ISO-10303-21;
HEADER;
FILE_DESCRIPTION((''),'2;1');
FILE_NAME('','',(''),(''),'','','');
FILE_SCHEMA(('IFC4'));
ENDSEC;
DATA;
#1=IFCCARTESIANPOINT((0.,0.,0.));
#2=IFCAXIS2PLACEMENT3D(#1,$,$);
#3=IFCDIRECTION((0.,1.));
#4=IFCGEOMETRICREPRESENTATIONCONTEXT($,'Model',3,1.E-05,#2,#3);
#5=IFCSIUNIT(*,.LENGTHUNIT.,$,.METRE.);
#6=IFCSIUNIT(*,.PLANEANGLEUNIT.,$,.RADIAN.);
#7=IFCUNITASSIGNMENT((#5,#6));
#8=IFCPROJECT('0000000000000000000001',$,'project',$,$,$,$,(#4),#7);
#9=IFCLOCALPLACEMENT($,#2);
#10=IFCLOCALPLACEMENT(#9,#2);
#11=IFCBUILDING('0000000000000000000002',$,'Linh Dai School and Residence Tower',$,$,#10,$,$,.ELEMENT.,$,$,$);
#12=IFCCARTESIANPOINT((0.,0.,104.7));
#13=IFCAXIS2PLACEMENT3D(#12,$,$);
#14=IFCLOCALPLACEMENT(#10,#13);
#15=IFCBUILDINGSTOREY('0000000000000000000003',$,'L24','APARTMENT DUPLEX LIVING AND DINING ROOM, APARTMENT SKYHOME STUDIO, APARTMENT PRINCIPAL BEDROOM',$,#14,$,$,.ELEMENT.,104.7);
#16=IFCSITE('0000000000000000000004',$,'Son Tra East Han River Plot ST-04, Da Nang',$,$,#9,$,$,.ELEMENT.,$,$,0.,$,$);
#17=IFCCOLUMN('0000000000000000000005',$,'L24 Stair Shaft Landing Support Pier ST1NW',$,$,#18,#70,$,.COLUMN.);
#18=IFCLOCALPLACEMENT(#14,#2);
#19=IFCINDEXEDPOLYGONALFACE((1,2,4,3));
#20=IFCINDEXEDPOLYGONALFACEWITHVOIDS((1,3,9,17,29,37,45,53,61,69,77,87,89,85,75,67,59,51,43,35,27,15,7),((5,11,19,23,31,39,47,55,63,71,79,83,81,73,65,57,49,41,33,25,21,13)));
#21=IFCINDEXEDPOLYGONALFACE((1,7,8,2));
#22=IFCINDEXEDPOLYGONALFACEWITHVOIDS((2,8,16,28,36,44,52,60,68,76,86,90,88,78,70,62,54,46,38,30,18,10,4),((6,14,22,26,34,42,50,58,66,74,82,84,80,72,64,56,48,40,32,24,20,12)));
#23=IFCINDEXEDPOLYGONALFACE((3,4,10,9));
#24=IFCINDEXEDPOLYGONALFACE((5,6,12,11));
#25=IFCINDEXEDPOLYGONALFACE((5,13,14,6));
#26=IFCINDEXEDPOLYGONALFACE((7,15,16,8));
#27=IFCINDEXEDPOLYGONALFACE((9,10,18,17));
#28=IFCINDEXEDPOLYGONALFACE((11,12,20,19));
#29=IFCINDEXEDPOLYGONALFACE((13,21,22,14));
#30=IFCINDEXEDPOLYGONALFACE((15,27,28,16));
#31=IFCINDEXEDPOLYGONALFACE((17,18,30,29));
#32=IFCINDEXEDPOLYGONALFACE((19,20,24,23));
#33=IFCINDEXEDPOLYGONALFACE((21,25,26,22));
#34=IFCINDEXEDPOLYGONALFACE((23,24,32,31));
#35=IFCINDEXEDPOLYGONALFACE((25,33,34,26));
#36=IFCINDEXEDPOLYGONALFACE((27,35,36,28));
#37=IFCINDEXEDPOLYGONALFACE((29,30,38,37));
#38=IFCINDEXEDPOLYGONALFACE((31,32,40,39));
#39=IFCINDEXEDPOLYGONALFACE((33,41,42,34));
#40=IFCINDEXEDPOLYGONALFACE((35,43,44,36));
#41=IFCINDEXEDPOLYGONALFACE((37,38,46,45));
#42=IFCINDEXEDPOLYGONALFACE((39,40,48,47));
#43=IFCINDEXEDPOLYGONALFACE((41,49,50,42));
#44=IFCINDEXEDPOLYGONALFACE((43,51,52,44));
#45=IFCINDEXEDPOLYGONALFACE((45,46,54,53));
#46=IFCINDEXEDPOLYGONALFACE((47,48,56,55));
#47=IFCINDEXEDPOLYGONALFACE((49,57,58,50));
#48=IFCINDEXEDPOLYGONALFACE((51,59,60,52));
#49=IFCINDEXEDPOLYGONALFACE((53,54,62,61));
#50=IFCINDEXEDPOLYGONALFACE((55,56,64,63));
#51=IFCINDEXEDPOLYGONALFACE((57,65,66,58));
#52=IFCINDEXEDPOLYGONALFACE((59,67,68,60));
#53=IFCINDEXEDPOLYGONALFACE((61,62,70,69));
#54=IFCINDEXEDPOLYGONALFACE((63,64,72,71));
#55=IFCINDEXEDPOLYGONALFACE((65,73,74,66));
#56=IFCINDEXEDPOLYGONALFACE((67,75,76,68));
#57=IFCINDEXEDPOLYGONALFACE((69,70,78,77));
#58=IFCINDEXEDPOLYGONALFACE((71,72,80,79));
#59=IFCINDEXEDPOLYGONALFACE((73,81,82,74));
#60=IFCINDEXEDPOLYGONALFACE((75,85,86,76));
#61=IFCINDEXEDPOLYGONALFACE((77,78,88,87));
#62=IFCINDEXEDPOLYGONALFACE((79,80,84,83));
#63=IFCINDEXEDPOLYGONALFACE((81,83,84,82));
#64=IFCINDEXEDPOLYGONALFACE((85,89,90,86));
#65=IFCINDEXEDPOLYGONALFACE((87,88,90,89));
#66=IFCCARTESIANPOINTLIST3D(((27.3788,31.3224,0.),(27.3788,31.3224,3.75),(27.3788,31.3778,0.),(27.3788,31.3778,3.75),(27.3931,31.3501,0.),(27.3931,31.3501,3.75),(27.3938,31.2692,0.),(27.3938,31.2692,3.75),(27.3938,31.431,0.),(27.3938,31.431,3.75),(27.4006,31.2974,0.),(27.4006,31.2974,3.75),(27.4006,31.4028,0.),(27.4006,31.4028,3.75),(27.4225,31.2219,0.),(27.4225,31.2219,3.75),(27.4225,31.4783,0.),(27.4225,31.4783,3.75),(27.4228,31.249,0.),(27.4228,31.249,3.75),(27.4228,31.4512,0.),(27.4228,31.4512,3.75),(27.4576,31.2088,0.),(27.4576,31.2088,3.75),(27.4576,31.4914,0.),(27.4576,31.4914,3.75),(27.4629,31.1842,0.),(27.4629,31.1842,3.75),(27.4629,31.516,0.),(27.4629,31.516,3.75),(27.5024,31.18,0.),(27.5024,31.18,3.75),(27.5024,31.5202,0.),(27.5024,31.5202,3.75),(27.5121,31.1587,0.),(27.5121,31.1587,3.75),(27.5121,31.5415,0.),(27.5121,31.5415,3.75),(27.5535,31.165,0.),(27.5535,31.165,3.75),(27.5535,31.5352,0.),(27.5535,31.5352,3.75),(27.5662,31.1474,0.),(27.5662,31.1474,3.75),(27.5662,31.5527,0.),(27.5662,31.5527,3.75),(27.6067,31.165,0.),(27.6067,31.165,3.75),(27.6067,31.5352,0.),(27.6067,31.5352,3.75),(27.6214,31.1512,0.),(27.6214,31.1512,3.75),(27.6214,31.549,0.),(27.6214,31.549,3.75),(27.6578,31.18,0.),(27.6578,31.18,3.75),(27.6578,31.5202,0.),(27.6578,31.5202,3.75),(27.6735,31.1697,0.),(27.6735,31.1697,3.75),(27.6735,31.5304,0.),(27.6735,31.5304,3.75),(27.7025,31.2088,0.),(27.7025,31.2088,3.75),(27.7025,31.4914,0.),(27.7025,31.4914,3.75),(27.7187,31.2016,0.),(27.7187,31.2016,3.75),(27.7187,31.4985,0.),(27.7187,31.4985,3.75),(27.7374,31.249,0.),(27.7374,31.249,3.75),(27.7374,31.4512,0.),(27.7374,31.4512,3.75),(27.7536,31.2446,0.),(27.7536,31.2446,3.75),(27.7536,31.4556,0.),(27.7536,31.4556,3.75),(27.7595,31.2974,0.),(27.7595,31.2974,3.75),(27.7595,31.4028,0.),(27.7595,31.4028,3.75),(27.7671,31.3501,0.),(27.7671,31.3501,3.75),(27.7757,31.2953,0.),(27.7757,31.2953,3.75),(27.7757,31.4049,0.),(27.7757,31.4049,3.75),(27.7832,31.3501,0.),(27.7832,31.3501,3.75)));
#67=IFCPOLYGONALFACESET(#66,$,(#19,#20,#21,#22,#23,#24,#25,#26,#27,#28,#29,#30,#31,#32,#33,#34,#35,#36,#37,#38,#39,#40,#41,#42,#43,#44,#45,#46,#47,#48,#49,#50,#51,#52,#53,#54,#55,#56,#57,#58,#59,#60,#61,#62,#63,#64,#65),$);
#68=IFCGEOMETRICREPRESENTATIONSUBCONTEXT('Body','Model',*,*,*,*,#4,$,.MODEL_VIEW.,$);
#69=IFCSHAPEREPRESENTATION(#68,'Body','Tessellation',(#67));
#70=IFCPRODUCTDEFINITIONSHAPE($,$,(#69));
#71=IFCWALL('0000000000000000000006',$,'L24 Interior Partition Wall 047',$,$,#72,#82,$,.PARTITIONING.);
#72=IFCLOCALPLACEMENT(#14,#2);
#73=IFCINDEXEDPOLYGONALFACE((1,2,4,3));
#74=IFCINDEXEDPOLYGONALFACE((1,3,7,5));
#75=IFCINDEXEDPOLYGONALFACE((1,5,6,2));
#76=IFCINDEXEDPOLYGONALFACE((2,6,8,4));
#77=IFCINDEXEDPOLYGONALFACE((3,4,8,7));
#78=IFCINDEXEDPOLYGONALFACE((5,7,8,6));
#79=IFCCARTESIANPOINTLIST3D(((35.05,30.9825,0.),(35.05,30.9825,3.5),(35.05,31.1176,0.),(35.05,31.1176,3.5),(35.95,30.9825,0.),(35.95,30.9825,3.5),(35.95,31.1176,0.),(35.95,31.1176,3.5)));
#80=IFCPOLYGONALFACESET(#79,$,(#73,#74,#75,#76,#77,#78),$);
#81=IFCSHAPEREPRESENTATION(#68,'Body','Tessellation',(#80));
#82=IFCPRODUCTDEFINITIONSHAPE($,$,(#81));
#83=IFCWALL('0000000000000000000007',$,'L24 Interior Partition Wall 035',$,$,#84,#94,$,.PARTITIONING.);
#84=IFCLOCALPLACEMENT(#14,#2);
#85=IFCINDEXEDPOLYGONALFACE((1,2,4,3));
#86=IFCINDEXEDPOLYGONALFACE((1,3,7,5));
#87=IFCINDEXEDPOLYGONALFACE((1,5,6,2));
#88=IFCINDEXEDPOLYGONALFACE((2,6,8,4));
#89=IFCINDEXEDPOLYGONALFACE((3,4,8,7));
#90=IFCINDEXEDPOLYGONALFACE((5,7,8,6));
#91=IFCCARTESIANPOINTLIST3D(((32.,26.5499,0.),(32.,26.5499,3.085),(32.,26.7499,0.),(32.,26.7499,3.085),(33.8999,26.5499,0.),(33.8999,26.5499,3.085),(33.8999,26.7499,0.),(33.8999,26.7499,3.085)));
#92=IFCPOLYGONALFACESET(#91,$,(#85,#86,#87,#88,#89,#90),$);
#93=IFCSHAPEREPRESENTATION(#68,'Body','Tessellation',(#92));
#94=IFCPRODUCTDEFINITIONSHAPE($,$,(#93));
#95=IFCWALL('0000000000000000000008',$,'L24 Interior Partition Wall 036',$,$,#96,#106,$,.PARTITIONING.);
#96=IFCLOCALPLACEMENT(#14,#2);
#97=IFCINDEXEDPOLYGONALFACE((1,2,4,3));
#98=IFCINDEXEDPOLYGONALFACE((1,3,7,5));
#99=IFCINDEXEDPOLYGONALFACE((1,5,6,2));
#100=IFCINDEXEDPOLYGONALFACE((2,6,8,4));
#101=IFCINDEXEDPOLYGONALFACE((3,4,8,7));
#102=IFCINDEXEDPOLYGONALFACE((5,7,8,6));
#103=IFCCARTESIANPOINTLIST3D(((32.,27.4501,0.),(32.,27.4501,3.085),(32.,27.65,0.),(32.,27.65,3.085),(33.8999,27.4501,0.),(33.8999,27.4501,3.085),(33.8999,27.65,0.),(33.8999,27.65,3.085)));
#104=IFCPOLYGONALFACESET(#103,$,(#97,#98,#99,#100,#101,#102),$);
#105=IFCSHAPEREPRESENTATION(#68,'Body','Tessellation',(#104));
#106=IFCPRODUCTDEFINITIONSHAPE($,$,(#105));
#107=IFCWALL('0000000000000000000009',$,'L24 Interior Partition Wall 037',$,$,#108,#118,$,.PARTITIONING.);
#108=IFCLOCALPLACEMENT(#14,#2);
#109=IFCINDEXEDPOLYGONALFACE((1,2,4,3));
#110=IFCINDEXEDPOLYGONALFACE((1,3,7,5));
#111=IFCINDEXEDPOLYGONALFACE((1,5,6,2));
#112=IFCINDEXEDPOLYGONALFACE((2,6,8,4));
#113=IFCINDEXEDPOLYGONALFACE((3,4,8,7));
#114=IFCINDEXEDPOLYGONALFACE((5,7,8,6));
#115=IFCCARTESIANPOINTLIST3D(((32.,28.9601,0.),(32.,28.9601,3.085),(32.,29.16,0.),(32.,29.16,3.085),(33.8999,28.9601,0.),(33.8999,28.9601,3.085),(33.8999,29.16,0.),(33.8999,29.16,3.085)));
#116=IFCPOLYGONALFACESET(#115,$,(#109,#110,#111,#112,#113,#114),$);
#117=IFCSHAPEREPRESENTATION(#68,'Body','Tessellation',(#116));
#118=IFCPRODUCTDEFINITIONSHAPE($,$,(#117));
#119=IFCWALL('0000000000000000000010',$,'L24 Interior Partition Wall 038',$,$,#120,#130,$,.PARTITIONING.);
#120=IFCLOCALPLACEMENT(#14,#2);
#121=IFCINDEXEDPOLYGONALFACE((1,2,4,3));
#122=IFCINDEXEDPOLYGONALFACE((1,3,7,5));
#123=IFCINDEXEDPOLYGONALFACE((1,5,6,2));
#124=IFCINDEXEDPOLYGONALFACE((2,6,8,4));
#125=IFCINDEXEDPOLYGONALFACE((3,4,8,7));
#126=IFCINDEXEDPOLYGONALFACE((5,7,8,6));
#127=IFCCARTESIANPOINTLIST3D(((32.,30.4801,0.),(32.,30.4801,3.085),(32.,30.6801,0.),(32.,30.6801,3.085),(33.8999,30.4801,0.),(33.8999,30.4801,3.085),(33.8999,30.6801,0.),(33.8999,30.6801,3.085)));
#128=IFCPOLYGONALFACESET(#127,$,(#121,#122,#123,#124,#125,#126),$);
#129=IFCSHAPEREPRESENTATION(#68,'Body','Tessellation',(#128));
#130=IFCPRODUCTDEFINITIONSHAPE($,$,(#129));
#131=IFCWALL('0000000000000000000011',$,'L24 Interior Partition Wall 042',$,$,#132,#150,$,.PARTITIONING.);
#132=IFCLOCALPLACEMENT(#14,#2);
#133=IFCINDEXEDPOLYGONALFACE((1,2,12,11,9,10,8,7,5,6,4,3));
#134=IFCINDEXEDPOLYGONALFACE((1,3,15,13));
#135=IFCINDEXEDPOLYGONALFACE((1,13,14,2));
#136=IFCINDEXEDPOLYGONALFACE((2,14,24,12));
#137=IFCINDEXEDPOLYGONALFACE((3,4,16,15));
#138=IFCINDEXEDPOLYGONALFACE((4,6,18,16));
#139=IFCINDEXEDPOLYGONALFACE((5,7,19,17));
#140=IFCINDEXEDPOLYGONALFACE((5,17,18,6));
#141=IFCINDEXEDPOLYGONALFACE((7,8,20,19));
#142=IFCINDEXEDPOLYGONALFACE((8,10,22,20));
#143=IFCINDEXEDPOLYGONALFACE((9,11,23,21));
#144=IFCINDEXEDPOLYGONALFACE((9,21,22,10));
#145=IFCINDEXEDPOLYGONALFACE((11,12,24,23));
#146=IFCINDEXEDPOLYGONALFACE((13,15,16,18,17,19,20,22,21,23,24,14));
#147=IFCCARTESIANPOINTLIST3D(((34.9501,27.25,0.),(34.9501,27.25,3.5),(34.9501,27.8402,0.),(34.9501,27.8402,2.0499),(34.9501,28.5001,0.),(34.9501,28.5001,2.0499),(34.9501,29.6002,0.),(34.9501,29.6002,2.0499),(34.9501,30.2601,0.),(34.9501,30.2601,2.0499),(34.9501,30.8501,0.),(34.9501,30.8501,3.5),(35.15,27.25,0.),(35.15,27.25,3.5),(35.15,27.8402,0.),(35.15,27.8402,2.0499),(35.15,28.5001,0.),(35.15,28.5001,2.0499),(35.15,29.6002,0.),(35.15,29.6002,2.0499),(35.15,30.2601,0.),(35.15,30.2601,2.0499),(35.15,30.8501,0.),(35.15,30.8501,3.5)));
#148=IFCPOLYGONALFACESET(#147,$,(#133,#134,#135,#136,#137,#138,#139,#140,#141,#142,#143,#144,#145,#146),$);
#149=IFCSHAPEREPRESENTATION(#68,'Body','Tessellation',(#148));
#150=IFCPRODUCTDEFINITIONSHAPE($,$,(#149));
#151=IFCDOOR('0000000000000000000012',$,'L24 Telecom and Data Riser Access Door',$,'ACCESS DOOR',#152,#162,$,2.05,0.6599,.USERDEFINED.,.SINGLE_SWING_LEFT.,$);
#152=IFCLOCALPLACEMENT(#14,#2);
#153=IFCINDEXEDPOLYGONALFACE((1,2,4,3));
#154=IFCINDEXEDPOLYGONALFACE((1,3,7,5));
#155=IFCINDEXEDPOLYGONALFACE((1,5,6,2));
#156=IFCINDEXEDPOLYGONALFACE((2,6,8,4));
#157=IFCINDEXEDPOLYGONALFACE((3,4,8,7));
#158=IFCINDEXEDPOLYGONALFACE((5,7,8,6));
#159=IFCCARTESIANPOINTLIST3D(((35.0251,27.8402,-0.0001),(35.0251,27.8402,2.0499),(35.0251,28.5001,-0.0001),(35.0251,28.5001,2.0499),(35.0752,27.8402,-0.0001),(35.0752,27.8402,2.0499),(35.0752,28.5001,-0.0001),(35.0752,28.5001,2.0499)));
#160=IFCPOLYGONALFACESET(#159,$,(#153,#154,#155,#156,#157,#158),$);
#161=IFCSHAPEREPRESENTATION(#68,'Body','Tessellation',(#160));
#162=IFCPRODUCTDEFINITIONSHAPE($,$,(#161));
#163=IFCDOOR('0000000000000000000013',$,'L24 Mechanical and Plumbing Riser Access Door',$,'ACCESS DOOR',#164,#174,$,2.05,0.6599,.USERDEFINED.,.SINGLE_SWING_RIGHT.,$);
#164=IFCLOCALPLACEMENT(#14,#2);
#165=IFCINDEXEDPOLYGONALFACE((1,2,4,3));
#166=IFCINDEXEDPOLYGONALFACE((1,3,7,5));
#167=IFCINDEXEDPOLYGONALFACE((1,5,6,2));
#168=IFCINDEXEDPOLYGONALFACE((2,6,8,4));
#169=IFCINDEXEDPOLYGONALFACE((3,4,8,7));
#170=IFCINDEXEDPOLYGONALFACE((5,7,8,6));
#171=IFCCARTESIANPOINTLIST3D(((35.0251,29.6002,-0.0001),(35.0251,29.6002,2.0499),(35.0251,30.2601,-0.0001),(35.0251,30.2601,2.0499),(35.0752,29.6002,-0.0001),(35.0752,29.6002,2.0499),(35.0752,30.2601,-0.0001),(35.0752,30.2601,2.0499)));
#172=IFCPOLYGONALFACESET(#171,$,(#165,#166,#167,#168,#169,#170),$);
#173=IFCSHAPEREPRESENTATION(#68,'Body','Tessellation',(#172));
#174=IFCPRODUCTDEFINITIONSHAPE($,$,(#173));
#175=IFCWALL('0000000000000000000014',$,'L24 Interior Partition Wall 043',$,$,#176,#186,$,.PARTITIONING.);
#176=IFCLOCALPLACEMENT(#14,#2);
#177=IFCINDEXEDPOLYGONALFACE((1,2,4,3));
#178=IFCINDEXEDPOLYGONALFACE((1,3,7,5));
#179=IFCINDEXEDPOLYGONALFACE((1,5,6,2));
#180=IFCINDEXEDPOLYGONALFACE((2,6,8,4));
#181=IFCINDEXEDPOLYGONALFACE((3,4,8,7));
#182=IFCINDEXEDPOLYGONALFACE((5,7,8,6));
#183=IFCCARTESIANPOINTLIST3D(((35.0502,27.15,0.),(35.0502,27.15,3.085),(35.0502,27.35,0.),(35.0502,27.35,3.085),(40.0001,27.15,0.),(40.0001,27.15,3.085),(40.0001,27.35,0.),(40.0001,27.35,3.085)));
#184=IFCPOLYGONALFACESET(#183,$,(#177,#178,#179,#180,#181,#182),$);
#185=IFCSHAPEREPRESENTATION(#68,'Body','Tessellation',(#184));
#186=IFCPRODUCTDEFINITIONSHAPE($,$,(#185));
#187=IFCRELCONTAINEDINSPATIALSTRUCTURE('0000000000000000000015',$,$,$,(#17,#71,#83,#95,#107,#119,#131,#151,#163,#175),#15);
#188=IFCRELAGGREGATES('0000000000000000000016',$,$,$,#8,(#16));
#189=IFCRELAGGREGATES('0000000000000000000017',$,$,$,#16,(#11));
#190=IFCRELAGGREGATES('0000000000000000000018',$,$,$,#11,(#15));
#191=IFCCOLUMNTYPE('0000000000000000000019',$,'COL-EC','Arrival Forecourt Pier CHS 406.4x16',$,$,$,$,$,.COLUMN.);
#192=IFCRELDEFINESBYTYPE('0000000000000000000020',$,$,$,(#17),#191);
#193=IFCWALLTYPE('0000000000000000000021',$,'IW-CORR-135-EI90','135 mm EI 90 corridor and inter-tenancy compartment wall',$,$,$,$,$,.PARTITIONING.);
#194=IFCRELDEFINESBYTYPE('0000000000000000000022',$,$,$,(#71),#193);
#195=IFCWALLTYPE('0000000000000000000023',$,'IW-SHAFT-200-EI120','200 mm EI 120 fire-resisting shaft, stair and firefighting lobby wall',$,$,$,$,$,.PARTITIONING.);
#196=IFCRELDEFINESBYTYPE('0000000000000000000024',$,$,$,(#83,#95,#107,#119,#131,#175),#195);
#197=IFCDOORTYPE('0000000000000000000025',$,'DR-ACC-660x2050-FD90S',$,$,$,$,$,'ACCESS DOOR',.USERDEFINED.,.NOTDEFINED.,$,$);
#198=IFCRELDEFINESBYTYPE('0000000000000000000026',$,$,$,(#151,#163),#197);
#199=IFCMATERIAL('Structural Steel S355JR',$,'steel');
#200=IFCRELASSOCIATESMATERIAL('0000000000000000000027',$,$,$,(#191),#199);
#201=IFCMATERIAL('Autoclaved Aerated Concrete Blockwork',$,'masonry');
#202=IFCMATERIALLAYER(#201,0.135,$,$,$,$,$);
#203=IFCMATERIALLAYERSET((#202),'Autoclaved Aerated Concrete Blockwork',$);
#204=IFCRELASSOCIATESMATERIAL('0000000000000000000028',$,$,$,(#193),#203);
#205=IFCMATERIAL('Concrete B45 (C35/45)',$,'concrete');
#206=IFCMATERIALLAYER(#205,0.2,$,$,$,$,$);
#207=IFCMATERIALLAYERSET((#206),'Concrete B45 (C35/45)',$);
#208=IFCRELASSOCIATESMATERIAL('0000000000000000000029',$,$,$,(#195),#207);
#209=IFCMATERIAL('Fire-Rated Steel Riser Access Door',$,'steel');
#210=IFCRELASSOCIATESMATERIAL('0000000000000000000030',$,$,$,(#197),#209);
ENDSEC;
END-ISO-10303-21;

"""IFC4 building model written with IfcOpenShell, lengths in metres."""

from ifc_helpers import new_model, si_unit, direction, frame, frame_2d, origin, origin_2d, place, context, subcontext, project, spatial, rectangle, hollow_circle, extrude, source, transform, mapped, material, layer, layer_set, material_profile, profile_set, type_object, element, fill, save


model = new_model("IFC4")

# Units and contexts
model_context = context("Model", 3, precision=1e-05, world=origin(), true_north=direction((0.0, 1.0)))
body_context = subcontext(model_context, "Body", "Model", "MODEL_VIEW")
ifc_project = project(units=[si_unit("LENGTHUNIT", "METRE"), si_unit("PLANEANGLEUNIT", "RADIAN")], contexts=[model_context])

# Site, building, storey
site_placement = place(None, origin())
site = spatial("IfcSite", under=ifc_project, at=site_placement, Name="Son Tra East Han River Plot ST-04, Da Nang", CompositionType="ELEMENT", RefElevation=0.0)
building_placement = place(site_placement, origin())
building = spatial("IfcBuilding", under=site, at=building_placement, Name="Linh Dai School and Residence Tower", CompositionType="ELEMENT")
storey_placement = place(building_placement, frame((0.0, 0.0, 104.7)))
storey = spatial("IfcBuildingStorey", under=building, at=storey_placement, Name="L24", Description="APARTMENT DUPLEX LIVING AND DINING ROOM, APARTMENT SKYHOME STUDIO, APARTMENT PRINCIPAL BEDROOM", CompositionType="ELEMENT", Elevation=104.7)

# Column
ifc_material_1 = material(Name="Structural Steel S355JR", Category="steel")
ifc_material_profile = material_profile(ifc_material_1, hollow_circle(Radius=0.2031, WallThickness=0.0161, at=origin_2d()), Name="CHS 406.4x16")
ifc_profile_set = profile_set([ifc_material_profile], Name="Structural Steel S355JR")
column_type = type_object("IfcColumnType", Name="COL-EC", Description="Arrival Forecourt Pier CHS 406.4x16", PredefinedType="COLUMN", material=ifc_profile_set)
column_placement = place(storey_placement, frame((27.5801, 31.3501, 0.0), z_axis=(0.0, 0.0, 1.0), x_axis=(1.0, 0.0, 0.0)))
element("IfcColumn", 1, at=column_placement, inside=storey, type_object=column_type, Name="L24 Stair Shaft Landing Support Pier ST1NW", PredefinedType="COLUMN", context=body_context, shape_type="SweptSolid", body=[
    extrude(hollow_circle(Radius=0.2031, WallThickness=0.0161, at=origin_2d()), origin(), (0.0, 0.0, 1.0), 3.75),
])

# Shared definitions
ifc_material_2 = material(Name="Autoclaved Aerated Concrete Blockwork", Category="masonry")
ifc_layer_1 = layer(ifc_material_2, 0.135)
ifc_layer_set_1 = layer_set([ifc_layer_1], Name="Autoclaved Aerated Concrete Blockwork")
wall_type_1 = type_object("IfcWallType", Name="IW-CORR-135-EI90", Description="135 mm EI 90 corridor and inter-tenancy compartment wall", PredefinedType="PARTITIONING", material=ifc_layer_set_1)

# Walls
wall_1_placement = place(storey_placement, frame((35.05, 31.05, 0.0), z_axis=(0.0, 0.0, 1.0), x_axis=(1.0, 0.0, 0.0)))
element("IfcWall", 2, at=wall_1_placement, inside=storey, type_object=wall_type_1, Name="L24 Interior Partition Wall 047", PredefinedType="PARTITIONING", context=body_context, shape_type="SweptSolid", body=[
    extrude(rectangle(XDim=0.8999, YDim=0.135, at=frame_2d((0.45, 0.0))), origin(), (0.0, 0.0, 1.0), 3.5),
])
ifc_material_3 = material(Name="Concrete B45 (C35/45)", Category="concrete")
ifc_layer_2 = layer(ifc_material_3, 0.2)
ifc_layer_set_2 = layer_set([ifc_layer_2], Name="Concrete B45 (C35/45)")
wall_type_2 = type_object("IfcWallType", Name="IW-SHAFT-200-EI120", Description="200 mm EI 120 fire-resisting shaft, stair and firefighting lobby wall", PredefinedType="PARTITIONING", material=ifc_layer_set_2)
for number, where, z_axis, x_axis, name in (
    (3, (32.0, 26.6499, 0.0), (0.0, 0.0, 1.0), (1.0, 0.0, 0.0), "L24 Interior Partition Wall 035"),
    (4, (32.0, 27.55, 0.0), (0.0, 0.0, 1.0), (1.0, 0.0, 0.0), "L24 Interior Partition Wall 036"),
    (5, (32.0, 29.0601, 0.0), (0.0, 0.0, 1.0), (1.0, 0.0, 0.0), "L24 Interior Partition Wall 037"),
    (6, (32.0, 30.5801, 0.0), (0.0, 0.0, 1.0), (1.0, 0.0, 0.0), "L24 Interior Partition Wall 038"),
):
    element("IfcWall", number, at=place(storey_placement, frame(where, z_axis=z_axis, x_axis=x_axis)), inside=storey, type_object=wall_type_2, Name=name, PredefinedType="PARTITIONING", context=body_context, shape_type="SweptSolid", body=[
        extrude(rectangle(XDim=1.8999, YDim=0.2, at=frame_2d((0.95, 0.0))), origin(), (0.0, 0.0, 1.0), 3.085),
    ])

# Wall, openings, doors
wall_2_placement = place(storey_placement, frame((35.05, 27.25, 0.0), z_axis=(0.0, 0.0, 1.0), x_axis=(0.0, 1.0, 0.0)))
wall_2 = element("IfcWall", 7, at=wall_2_placement, inside=storey, type_object=wall_type_2, Name="L24 Interior Partition Wall 042", PredefinedType="PARTITIONING", context=body_context, shape_type="SweptSolid", body=[
    extrude(rectangle(XDim=3.6001, YDim=0.2, at=frame_2d((1.8, 0.0))), origin(), (0.0, 0.0, 1.0), 3.5),
])
opening_1_placement = place(wall_2_placement, frame((0.5901, 0.0, 0.0)))
opening_1 = element("IfcOpeningElement", 8, at=opening_1_placement, cuts=wall_2, PredefinedType="OPENING", context=body_context, shape_type="SweptSolid", body=[
    extrude(rectangle(XDim=0.6599, YDim=2.05, at=origin_2d()), frame((0.3301, 0.1099, 1.0249), z_axis=(0.0, -1.0, 0.0), x_axis=(1.0, 0.0, 0.0)), (0.0, 0.0, 1.0), 0.22),
])
opening_2_placement = place(wall_2_placement, frame((2.3501, 0.0, 0.0)))
opening_2 = element("IfcOpeningElement", 9, at=opening_2_placement, cuts=wall_2, PredefinedType="OPENING", context=body_context, shape_type="SweptSolid", body=[
    extrude(rectangle(XDim=0.6599, YDim=2.05, at=origin_2d()), frame((0.3301, 0.1099, 1.0249), z_axis=(0.0, -1.0, 0.0), x_axis=(1.0, 0.0, 0.0)), (0.0, 0.0, 1.0), 0.22),
])
ifc_material_4 = material(Name="Fire-Rated Steel Riser Access Door", Category="steel")
door_type_1 = type_object("IfcDoorType", Name="DR-ACC-660x2050-FD90S", ElementType="ACCESS DOOR", OperationType="NOTDEFINED", PredefinedType="USERDEFINED", material=ifc_material_4)
shared_shape_1 = source(origin(), body_context, "Body", "SweptSolid", [
    extrude(rectangle(XDim=0.6599, YDim=2.05, at=origin_2d()), frame((0.3301, 0.0249, 1.0249), z_axis=(0.0, -1.0, 0.0), x_axis=(1.0, 0.0, 0.0)), (0.0, 0.0, 1.0), 0.05),
])
door_1_placement = place(opening_1_placement, origin())
door_1 = element("IfcDoor", 10, at=door_1_placement, inside=storey, type_object=door_type_1, Name="L24 Telecom and Data Riser Access Door", ObjectType="ACCESS DOOR", OperationType="SINGLE_SWING_LEFT", OverallHeight=2.05, OverallWidth=0.6599, PredefinedType="USERDEFINED", context=body_context, shape_type="MappedRepresentation", body=[
    mapped(shared_shape_1, transform((0.0, 0.0, 0.0), x_axis=(1.0, 0.0, 0.0), y_axis=(0.0, 1.0, 0.0), z_axis=(0.0, 0.0, 1.0), scale=1.0)),
])
fill(opening_1, door_1)
door_2_placement = place(opening_2_placement, origin())
door_2 = element("IfcDoor", 11, at=door_2_placement, inside=storey, type_object=door_type_1, Name="L24 Mechanical and Plumbing Riser Access Door", ObjectType="ACCESS DOOR", OperationType="SINGLE_SWING_RIGHT", OverallHeight=2.05, OverallWidth=0.6599, PredefinedType="USERDEFINED", context=body_context, shape_type="MappedRepresentation", body=[
    mapped(shared_shape_1, transform((0.0, 0.0, 0.0), x_axis=(1.0, 0.0, 0.0), y_axis=(0.0, 1.0, 0.0), z_axis=(0.0, 0.0, 1.0), scale=1.0)),
])
fill(opening_2, door_2)

# Wall
wall_3_placement = place(storey_placement, frame((35.05, 27.25, 0.0), z_axis=(0.0, 0.0, 1.0), x_axis=(1.0, 0.0, 0.0)))
element("IfcWall", 12, at=wall_3_placement, inside=storey, type_object=wall_type_2, Name="L24 Interior Partition Wall 043", PredefinedType="PARTITIONING", context=body_context, shape_type="SweptSolid", body=[
    extrude(rectangle(XDim=4.95, YDim=0.2, at=frame_2d((2.4751, 0.0))), origin(), (0.0, 0.0, 1.0), 3.085),
])

save(model, "model.ifc")
